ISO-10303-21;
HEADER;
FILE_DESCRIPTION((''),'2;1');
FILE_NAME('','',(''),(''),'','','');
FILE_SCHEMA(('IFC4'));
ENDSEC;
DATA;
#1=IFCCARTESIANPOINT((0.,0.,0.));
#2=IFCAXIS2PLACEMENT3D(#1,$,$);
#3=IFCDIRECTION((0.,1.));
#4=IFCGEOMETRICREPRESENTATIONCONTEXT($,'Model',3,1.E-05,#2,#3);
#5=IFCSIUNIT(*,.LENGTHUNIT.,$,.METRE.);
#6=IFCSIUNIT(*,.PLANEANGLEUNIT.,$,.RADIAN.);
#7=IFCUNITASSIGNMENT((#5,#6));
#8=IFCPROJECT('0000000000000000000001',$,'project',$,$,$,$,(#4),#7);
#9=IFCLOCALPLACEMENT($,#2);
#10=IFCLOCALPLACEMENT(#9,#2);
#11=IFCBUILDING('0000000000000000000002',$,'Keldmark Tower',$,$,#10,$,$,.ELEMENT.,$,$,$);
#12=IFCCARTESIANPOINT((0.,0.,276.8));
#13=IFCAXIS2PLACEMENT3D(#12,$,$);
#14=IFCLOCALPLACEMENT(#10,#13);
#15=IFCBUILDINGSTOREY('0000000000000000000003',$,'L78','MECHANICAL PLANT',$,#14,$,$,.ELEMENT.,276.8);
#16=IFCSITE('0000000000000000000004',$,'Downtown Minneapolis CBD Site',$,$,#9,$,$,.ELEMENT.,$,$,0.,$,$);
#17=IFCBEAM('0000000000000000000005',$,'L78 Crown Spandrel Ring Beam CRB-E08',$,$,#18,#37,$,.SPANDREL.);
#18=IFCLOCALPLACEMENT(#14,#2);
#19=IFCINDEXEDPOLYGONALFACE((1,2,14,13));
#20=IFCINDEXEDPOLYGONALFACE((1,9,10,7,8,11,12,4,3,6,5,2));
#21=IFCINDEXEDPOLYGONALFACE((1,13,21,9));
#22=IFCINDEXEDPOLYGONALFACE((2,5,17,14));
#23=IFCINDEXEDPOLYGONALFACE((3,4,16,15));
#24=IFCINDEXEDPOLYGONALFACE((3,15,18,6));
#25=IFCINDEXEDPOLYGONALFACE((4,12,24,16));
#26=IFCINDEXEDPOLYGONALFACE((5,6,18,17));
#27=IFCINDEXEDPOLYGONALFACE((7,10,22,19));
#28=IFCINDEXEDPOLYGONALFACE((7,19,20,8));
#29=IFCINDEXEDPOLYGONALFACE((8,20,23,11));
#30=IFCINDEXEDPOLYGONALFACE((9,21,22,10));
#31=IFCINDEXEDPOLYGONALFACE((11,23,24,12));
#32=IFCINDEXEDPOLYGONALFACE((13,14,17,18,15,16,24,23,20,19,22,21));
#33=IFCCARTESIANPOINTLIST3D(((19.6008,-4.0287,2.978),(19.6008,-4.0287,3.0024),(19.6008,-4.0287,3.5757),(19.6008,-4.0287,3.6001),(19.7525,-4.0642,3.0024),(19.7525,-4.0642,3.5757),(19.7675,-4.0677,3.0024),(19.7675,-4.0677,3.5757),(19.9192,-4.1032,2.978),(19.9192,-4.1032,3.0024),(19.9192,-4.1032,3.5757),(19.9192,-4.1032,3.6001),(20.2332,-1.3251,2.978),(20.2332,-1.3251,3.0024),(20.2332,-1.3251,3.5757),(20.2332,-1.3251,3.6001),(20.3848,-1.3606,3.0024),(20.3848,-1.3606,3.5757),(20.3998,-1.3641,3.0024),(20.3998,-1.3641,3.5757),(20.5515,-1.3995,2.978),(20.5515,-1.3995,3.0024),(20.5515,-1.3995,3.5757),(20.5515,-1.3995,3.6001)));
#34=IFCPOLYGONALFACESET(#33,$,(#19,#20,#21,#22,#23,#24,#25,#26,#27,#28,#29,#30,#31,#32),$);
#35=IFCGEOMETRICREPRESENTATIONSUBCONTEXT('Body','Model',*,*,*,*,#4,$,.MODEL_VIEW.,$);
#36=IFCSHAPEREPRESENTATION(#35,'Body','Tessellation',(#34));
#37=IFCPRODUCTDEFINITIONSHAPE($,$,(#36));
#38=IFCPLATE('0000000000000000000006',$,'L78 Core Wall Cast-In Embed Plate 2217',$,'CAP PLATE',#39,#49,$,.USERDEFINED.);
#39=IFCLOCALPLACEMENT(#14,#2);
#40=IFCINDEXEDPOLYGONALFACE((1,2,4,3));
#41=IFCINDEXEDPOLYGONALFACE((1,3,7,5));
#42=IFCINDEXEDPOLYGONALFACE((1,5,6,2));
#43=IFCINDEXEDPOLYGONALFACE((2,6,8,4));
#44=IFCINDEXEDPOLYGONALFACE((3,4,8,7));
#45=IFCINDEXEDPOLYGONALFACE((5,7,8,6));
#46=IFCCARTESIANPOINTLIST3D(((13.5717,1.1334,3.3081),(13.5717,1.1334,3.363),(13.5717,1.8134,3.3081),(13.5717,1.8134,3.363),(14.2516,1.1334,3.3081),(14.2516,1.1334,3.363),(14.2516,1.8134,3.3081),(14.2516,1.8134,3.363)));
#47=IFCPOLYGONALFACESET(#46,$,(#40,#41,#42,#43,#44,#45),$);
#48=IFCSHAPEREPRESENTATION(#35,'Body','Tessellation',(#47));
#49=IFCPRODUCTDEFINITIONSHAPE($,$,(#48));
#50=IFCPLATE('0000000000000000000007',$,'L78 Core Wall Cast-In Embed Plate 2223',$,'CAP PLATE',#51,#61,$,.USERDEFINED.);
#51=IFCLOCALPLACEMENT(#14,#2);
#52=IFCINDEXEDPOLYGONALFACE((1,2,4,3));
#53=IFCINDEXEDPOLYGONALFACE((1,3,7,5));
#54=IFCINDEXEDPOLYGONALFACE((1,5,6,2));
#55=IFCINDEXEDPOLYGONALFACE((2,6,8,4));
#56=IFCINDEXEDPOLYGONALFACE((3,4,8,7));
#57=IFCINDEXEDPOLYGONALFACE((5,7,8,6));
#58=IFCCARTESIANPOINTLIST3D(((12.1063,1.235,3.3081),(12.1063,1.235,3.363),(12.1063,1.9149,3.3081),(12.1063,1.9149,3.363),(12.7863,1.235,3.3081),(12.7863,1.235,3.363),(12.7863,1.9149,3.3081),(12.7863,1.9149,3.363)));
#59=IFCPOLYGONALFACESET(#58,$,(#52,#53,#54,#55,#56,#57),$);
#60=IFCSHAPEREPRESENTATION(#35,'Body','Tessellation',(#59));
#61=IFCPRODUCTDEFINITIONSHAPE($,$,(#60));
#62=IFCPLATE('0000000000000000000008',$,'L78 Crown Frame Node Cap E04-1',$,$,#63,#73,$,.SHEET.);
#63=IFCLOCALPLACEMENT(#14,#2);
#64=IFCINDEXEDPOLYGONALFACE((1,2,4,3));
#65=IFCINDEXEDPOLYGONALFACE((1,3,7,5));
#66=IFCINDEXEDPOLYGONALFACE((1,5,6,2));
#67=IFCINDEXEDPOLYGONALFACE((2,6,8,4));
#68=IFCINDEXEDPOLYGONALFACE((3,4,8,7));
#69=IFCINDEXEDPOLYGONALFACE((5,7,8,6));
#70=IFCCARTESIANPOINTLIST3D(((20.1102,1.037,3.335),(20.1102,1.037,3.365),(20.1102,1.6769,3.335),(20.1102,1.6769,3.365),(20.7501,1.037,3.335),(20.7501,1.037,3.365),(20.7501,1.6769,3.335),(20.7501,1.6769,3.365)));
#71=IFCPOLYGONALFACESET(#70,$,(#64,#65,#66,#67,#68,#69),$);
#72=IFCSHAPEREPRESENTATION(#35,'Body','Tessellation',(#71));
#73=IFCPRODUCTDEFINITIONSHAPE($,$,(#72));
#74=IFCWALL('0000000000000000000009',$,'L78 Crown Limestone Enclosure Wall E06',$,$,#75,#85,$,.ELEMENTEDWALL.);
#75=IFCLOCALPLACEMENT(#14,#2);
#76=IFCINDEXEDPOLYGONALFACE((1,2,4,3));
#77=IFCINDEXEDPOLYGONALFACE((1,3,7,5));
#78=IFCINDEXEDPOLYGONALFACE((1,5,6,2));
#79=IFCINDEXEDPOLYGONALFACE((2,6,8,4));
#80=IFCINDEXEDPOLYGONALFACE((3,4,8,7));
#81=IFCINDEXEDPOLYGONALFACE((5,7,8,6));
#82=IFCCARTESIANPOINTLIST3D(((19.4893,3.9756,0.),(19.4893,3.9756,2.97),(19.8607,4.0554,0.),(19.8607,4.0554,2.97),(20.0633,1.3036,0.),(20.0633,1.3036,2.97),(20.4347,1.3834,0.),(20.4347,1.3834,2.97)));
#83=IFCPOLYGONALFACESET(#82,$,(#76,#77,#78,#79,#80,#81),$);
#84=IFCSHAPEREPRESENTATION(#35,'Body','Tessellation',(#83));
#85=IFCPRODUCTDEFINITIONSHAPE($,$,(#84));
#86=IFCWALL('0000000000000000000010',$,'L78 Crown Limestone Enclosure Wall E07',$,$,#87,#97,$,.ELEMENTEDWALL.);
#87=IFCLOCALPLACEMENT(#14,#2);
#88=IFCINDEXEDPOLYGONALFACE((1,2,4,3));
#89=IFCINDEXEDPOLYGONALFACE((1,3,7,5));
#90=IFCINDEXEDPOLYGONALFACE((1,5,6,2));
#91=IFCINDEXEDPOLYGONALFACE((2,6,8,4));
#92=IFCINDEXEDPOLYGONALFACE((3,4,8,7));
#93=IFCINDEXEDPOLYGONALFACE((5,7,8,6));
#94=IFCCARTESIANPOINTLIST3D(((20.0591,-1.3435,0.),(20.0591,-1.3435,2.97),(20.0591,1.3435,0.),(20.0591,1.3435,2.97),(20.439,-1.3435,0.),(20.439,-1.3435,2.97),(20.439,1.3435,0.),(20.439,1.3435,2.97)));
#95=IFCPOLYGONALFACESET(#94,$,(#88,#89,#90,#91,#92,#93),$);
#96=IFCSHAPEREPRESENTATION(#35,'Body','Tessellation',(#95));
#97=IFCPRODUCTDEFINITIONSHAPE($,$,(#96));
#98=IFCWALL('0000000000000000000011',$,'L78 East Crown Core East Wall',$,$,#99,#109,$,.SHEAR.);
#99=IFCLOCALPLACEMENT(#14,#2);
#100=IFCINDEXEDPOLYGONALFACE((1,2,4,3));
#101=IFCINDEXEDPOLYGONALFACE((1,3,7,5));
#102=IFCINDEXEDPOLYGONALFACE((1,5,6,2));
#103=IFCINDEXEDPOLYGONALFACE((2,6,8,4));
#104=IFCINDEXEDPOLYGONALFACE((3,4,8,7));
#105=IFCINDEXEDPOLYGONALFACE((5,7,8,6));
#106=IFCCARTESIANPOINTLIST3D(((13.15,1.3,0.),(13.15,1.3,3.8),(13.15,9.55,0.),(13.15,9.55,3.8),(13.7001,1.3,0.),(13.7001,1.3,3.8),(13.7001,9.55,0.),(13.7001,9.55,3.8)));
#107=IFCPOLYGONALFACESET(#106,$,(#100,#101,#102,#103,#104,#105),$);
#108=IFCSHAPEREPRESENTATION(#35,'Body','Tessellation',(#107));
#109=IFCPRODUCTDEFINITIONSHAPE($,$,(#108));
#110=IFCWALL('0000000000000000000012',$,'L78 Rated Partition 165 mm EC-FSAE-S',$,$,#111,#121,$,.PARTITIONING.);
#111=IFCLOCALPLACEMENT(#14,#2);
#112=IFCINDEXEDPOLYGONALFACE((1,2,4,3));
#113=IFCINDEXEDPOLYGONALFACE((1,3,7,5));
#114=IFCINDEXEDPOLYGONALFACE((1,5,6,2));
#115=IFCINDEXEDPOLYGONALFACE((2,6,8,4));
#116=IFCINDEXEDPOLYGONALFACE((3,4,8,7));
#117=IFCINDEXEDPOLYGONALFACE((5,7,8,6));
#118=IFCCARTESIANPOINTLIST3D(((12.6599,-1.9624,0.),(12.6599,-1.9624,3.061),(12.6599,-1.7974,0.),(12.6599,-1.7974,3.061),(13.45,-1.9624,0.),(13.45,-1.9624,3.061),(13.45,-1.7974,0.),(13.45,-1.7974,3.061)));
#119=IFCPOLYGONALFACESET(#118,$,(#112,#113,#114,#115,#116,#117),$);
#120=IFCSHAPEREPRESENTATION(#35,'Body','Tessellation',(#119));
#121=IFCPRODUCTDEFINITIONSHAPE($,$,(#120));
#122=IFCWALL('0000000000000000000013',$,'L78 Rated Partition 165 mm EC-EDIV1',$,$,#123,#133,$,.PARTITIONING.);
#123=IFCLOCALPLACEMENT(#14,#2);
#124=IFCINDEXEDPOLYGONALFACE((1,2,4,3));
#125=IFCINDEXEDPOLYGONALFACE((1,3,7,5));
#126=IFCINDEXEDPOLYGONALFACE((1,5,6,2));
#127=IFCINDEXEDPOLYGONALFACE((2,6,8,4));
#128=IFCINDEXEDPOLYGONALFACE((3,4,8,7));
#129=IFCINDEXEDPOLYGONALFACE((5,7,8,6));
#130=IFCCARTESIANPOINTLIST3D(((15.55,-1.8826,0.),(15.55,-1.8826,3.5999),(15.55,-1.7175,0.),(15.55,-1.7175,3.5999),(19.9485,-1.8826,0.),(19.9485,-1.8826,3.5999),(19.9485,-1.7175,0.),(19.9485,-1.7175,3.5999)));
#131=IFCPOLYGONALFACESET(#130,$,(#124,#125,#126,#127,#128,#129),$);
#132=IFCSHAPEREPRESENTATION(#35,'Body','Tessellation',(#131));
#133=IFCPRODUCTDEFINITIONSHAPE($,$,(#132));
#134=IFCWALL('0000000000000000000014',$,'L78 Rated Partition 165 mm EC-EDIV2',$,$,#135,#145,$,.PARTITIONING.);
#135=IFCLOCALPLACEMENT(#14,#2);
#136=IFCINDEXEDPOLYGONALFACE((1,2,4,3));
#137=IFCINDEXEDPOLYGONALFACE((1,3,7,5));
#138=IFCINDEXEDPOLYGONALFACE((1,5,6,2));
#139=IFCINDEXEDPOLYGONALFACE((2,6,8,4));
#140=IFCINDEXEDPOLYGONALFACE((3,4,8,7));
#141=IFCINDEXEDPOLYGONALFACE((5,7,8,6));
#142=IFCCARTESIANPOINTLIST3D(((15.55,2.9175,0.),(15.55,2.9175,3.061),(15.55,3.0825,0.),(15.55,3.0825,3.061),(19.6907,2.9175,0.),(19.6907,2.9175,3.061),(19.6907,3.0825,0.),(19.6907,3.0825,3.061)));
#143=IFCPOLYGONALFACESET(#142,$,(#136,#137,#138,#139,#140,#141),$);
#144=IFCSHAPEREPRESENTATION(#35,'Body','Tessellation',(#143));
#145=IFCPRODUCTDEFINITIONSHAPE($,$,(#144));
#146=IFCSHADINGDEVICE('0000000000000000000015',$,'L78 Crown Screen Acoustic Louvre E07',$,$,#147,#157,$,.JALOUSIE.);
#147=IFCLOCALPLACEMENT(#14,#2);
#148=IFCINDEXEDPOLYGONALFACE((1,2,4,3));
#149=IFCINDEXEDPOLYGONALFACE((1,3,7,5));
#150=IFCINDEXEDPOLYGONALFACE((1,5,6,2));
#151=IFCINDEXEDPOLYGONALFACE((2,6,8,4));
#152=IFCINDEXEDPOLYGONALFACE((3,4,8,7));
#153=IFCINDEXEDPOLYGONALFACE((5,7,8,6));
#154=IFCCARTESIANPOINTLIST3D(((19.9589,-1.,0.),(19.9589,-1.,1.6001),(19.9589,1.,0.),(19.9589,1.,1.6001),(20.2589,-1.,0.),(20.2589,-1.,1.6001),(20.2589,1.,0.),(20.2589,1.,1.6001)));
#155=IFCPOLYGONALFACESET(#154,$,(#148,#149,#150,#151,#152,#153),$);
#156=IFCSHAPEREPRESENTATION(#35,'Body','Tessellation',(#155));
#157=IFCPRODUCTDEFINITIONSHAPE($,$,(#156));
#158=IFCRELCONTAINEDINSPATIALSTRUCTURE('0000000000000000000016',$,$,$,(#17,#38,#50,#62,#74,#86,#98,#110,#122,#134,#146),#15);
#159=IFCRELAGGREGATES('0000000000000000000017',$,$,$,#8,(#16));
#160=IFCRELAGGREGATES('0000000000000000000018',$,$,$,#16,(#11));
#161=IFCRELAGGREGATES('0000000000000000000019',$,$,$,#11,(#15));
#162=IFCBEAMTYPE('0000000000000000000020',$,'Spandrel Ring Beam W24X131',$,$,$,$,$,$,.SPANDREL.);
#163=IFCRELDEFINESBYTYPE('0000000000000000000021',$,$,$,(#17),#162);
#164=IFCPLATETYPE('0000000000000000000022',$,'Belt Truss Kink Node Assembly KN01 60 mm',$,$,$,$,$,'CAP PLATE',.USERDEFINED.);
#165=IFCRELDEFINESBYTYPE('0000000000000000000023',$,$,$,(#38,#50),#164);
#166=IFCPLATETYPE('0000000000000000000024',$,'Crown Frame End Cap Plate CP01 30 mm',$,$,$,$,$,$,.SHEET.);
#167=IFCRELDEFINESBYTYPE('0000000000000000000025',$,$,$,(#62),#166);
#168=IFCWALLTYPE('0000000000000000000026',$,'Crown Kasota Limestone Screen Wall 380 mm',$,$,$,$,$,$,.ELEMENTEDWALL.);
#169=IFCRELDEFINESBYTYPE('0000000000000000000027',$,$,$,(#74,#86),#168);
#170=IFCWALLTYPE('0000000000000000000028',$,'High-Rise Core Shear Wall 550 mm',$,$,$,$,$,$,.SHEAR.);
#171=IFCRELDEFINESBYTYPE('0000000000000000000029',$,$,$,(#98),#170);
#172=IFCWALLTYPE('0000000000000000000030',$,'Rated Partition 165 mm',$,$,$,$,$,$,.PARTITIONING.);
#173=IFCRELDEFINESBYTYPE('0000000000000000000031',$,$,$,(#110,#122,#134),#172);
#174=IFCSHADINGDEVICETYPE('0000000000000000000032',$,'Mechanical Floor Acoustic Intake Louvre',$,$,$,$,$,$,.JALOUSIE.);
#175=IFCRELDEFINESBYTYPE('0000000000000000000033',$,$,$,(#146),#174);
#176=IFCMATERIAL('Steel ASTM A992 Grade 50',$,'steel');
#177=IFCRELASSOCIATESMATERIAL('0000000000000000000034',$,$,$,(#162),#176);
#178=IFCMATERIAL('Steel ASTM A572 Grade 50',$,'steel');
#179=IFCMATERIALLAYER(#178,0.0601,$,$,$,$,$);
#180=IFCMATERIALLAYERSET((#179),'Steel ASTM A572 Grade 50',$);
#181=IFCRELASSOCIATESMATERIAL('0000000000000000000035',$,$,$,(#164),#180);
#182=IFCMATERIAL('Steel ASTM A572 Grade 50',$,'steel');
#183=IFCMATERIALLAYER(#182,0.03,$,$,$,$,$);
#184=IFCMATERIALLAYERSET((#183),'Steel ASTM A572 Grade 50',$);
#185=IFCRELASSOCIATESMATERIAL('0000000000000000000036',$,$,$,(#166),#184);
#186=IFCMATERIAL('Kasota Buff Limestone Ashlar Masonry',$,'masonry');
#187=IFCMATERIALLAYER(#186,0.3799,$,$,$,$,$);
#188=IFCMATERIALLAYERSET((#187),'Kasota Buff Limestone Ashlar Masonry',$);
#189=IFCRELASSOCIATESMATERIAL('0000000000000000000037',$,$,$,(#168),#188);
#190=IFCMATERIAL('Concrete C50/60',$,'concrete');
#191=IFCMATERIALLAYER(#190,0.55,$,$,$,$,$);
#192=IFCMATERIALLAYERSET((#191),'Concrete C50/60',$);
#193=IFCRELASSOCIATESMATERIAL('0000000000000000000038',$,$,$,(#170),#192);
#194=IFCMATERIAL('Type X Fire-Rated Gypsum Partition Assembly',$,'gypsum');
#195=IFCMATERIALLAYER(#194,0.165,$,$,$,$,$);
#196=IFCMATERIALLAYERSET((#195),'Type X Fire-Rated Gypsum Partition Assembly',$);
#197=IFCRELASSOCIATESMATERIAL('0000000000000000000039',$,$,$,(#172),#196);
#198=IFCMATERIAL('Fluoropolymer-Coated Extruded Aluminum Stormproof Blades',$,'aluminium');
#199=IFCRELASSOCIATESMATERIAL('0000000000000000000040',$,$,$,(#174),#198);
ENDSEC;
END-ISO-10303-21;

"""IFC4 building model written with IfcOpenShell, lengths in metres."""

from ifc_helpers import new_model, si_unit, direction, frame, frame_2d, origin, origin_2d, place, context, subcontext, project, spatial, rectangle, i_section, extrude, material, layer, layer_set, material_profile, profile_set, type_object, element, save


model = new_model("IFC4")

# Units and contexts
model_context = context("Model", 3, precision=1e-05, world=origin(), true_north=direction((0.0, 1.0)))
body_context = subcontext(model_context, "Body", "Model", "MODEL_VIEW")
ifc_project = project(units=[si_unit("LENGTHUNIT", "METRE"), si_unit("PLANEANGLEUNIT", "RADIAN")], contexts=[model_context])

# Site, building, storey
site_placement = place(None, origin())
site = spatial("IfcSite", under=ifc_project, at=site_placement, Name="Downtown Minneapolis CBD Site", CompositionType="ELEMENT", RefElevation=0.0)
building_placement = place(site_placement, origin())
building = spatial("IfcBuilding", under=site, at=building_placement, Name="Keldmark Tower", CompositionType="ELEMENT")
storey_placement = place(building_placement, frame((0.0, 0.0, 276.8)))
storey = spatial("IfcBuildingStorey", under=building, at=storey_placement, Name="L78", Description="MECHANICAL PLANT", CompositionType="ELEMENT", Elevation=276.8)

# Beam
ifc_material_1 = material(Name="Steel ASTM A992 Grade 50", Category="steel")
ifc_material_profile_1 = material_profile(ifc_material_1, i_section(OverallWidth=0.3269, OverallDepth=0.6221, WebThickness=0.0154, FlangeThickness=0.0244, at=origin_2d()), Name="W24X131")
ifc_profile_set_1 = profile_set([ifc_material_profile_1], Name="Steel ASTM A992 Grade 50")
beam_type_1 = type_object("IfcBeamType", Name="Spandrel Ring Beam W24X131", PredefinedType="SPANDREL", material=ifc_profile_set_1)
beam_1_placement = place(storey_placement, frame((20.3923, -1.3623, 3.2891), z_axis=(-0.227735, -0.973723, 0.0), x_axis=(0.973723, -0.227735, 0.0)))
element("IfcBeam", 1, at=beam_1_placement, inside=storey, type_object=beam_type_1, Name="L78 Crown Spandrel Ring Beam CRB-E08", PredefinedType="SPANDREL", context=body_context, shape_type="SweptSolid", body=[
    extrude(i_section(OverallWidth=0.3269, OverallDepth=0.6221, WebThickness=0.0154, FlangeThickness=0.0244, at=origin_2d()), origin(), (0.0, 0.0, 1.0), 2.7766),
])

# Plates
ifc_material_2 = material(Name="Steel ASTM A572 Grade 50", Category="steel")
ifc_layer_1 = layer(ifc_material_2, 0.0601)
ifc_layer_set_1 = layer_set([ifc_layer_1], Name="Steel ASTM A572 Grade 50")
plate_type_1 = type_object("IfcPlateType", Name="Belt Truss Kink Node Assembly KN01 60 mm", ElementType="CAP PLATE", PredefinedType="USERDEFINED", material=ifc_layer_set_1)
for number, where, z_axis, x_axis, name in (
    (2, (13.9116, 1.4734, 3.3081), (0.0, 0.0, 1.0), (1.0, 0.0, 0.0), "L78 Core Wall Cast-In Embed Plate 2217"),
    (3, (12.4463, 1.575, 3.3081), (0.0, 0.0, 1.0), (1.0, 0.0, 0.0), "L78 Core Wall Cast-In Embed Plate 2223"),
):
    element("IfcPlate", number, at=place(storey_placement, frame(where, z_axis=z_axis, x_axis=x_axis)), inside=storey, type_object=plate_type_1, Name=name, ObjectType="CAP PLATE", PredefinedType="USERDEFINED", context=body_context, shape_type="SweptSolid", body=[
        extrude(rectangle(XDim=0.6799, YDim=0.6799, at=origin_2d()), origin(), (0.0, 0.0, 1.0), 0.0549),
    ])
ifc_material_3 = material(Name="Steel ASTM A572 Grade 50", Category="steel")
ifc_layer_2 = layer(ifc_material_3, 0.03)
ifc_layer_set_2 = layer_set([ifc_layer_2], Name="Steel ASTM A572 Grade 50")
plate_type_2 = type_object("IfcPlateType", Name="Crown Frame End Cap Plate CP01 30 mm", PredefinedType="SHEET", material=ifc_layer_set_2)
plate_placement = place(storey_placement, frame((20.4302, 1.3569, 3.335), z_axis=(0.0, 0.0, 1.0), x_axis=(1.0, 0.0, 0.0)))
element("IfcPlate", 4, at=plate_placement, inside=storey, type_object=plate_type_2, Name="L78 Crown Frame Node Cap E04-1", PredefinedType="SHEET", context=body_context, shape_type="SweptSolid", body=[
    extrude(rectangle(XDim=0.6399, YDim=0.6399, at=origin_2d()), origin(), (0.0, 0.0, 1.0), 0.03),
])

# Walls
ifc_material_4 = material(Name="Kasota Buff Limestone Ashlar Masonry", Category="masonry")
ifc_layer_3 = layer(ifc_material_4, 0.3799)
ifc_layer_set_3 = layer_set([ifc_layer_3], Name="Kasota Buff Limestone Ashlar Masonry")
wall_type_1 = type_object("IfcWallType", Name="Crown Kasota Limestone Screen Wall 380 mm", PredefinedType="ELEMENTEDWALL", material=ifc_layer_set_3)
wall_1_placement = place(storey_placement, frame((20.249, 1.3435, 0.0), z_axis=(0.0, 0.0, 1.0), x_axis=(-0.210029, 0.977695, 0.0)))
element("IfcWall", 5, at=wall_1_placement, inside=storey, type_object=wall_type_1, Name="L78 Crown Limestone Enclosure Wall E06", PredefinedType="ELEMENTEDWALL", context=body_context, shape_type="SweptSolid", body=[
    extrude(rectangle(XDim=2.7329, YDim=0.3799, at=frame_2d((1.3665, 0.0))), origin(), (0.0, 0.0, 1.0), 2.97),
])
wall_2_placement = place(storey_placement, frame((20.249, -1.3435, 0.0), z_axis=(0.0, 0.0, 1.0), x_axis=(0.0, 1.0, 0.0)))
element("IfcWall", 6, at=wall_2_placement, inside=storey, type_object=wall_type_1, Name="L78 Crown Limestone Enclosure Wall E07", PredefinedType="ELEMENTEDWALL", context=body_context, shape_type="SweptSolid", body=[
    extrude(rectangle(XDim=2.687, YDim=0.3799, at=frame_2d((1.3435, 0.0))), origin(), (0.0, 0.0, 1.0), 2.97),
])
ifc_material_5 = material(Name="Concrete C50/60", Category="concrete")
ifc_layer_4 = layer(ifc_material_5, 0.55)
ifc_layer_set_4 = layer_set([ifc_layer_4], Name="Concrete C50/60")
wall_type_2 = type_object("IfcWallType", Name="High-Rise Core Shear Wall 550 mm", PredefinedType="SHEAR", material=ifc_layer_set_4)
wall_3_placement = place(storey_placement, frame((13.425, 1.3, 0.0), z_axis=(0.0, 0.0, 1.0), x_axis=(0.0, 1.0, 0.0)))
element("IfcWall", 7, at=wall_3_placement, inside=storey, type_object=wall_type_2, Name="L78 East Crown Core East Wall", PredefinedType="SHEAR", context=body_context, shape_type="SweptSolid", body=[
    extrude(rectangle(XDim=8.25, YDim=0.55, at=frame_2d((4.125, 0.0))), origin(), (0.0, 0.0, 1.0), 3.8),
])

# Shared definitions
ifc_material_6 = material(Name="Type X Fire-Rated Gypsum Partition Assembly", Category="gypsum")
ifc_layer_5 = layer(ifc_material_6, 0.165)
ifc_layer_set_5 = layer_set([ifc_layer_5], Name="Type X Fire-Rated Gypsum Partition Assembly")
wall_type_3 = type_object("IfcWallType", Name="Rated Partition 165 mm", PredefinedType="PARTITIONING", material=ifc_layer_set_5)

# Walls
wall_4_placement = place(storey_placement, frame((12.6599, -1.8799, 0.0), z_axis=(0.0, 0.0, 1.0), x_axis=(1.0, 0.0, 0.0)))
element("IfcWall", 8, at=wall_4_placement, inside=storey, type_object=wall_type_3, Name="L78 Rated Partition 165 mm EC-FSAE-S", PredefinedType="PARTITIONING", context=body_context, shape_type="SweptSolid", body=[
    extrude(rectangle(XDim=0.79, YDim=0.165, at=frame_2d((0.395, 0.0))), origin(), (0.0, 0.0, 1.0), 3.061),
])
wall_5_placement = place(storey_placement, frame((15.55, -1.8, 0.0), z_axis=(0.0, 0.0, 1.0), x_axis=(1.0, 0.0, 0.0)))
element("IfcWall", 9, at=wall_5_placement, inside=storey, type_object=wall_type_3, Name="L78 Rated Partition 165 mm EC-EDIV1", PredefinedType="PARTITIONING", context=body_context, shape_type="SweptSolid", body=[
    extrude(rectangle(XDim=4.3984, YDim=0.165, at=frame_2d((2.1992, 0.0))), origin(), (0.0, 0.0, 1.0), 3.5999),
])
wall_6_placement = place(storey_placement, frame((15.55, 3.0, 0.0), z_axis=(0.0, 0.0, 1.0), x_axis=(1.0, 0.0, 0.0)))
element("IfcWall", 10, at=wall_6_placement, inside=storey, type_object=wall_type_3, Name="L78 Rated Partition 165 mm EC-EDIV2", PredefinedType="PARTITIONING", context=body_context, shape_type="SweptSolid", body=[
    extrude(rectangle(XDim=4.1406, YDim=0.165, at=frame_2d((2.0703, 0.0))), origin(), (0.0, 0.0, 1.0), 3.061),
])

# Shading device
ifc_material_7 = material(Name="Fluoropolymer-Coated Extruded Aluminum Stormproof Blades", Category="aluminium")
shading_device_type = type_object("IfcShadingDeviceType", Name="Mechanical Floor Acoustic Intake Louvre", PredefinedType="JALOUSIE", material=ifc_material_7)
shading_device_placement = place(storey_placement, frame((20.1089, 0.0, 0.0), z_axis=(0.0, 0.0, 1.0), x_axis=(0.0, 1.0, 0.0)))
element("IfcShadingDevice", 11, at=shading_device_placement, inside=storey, type_object=shading_device_type, Name="L78 Crown Screen Acoustic Louvre E07", PredefinedType="JALOUSIE", context=body_context, shape_type="SweptSolid", body=[
    extrude(rectangle(XDim=2.0, YDim=0.3, at=origin_2d()), origin(), (0.0, 0.0, 1.0), 1.6001),
])

save(model, "model.ifc")
